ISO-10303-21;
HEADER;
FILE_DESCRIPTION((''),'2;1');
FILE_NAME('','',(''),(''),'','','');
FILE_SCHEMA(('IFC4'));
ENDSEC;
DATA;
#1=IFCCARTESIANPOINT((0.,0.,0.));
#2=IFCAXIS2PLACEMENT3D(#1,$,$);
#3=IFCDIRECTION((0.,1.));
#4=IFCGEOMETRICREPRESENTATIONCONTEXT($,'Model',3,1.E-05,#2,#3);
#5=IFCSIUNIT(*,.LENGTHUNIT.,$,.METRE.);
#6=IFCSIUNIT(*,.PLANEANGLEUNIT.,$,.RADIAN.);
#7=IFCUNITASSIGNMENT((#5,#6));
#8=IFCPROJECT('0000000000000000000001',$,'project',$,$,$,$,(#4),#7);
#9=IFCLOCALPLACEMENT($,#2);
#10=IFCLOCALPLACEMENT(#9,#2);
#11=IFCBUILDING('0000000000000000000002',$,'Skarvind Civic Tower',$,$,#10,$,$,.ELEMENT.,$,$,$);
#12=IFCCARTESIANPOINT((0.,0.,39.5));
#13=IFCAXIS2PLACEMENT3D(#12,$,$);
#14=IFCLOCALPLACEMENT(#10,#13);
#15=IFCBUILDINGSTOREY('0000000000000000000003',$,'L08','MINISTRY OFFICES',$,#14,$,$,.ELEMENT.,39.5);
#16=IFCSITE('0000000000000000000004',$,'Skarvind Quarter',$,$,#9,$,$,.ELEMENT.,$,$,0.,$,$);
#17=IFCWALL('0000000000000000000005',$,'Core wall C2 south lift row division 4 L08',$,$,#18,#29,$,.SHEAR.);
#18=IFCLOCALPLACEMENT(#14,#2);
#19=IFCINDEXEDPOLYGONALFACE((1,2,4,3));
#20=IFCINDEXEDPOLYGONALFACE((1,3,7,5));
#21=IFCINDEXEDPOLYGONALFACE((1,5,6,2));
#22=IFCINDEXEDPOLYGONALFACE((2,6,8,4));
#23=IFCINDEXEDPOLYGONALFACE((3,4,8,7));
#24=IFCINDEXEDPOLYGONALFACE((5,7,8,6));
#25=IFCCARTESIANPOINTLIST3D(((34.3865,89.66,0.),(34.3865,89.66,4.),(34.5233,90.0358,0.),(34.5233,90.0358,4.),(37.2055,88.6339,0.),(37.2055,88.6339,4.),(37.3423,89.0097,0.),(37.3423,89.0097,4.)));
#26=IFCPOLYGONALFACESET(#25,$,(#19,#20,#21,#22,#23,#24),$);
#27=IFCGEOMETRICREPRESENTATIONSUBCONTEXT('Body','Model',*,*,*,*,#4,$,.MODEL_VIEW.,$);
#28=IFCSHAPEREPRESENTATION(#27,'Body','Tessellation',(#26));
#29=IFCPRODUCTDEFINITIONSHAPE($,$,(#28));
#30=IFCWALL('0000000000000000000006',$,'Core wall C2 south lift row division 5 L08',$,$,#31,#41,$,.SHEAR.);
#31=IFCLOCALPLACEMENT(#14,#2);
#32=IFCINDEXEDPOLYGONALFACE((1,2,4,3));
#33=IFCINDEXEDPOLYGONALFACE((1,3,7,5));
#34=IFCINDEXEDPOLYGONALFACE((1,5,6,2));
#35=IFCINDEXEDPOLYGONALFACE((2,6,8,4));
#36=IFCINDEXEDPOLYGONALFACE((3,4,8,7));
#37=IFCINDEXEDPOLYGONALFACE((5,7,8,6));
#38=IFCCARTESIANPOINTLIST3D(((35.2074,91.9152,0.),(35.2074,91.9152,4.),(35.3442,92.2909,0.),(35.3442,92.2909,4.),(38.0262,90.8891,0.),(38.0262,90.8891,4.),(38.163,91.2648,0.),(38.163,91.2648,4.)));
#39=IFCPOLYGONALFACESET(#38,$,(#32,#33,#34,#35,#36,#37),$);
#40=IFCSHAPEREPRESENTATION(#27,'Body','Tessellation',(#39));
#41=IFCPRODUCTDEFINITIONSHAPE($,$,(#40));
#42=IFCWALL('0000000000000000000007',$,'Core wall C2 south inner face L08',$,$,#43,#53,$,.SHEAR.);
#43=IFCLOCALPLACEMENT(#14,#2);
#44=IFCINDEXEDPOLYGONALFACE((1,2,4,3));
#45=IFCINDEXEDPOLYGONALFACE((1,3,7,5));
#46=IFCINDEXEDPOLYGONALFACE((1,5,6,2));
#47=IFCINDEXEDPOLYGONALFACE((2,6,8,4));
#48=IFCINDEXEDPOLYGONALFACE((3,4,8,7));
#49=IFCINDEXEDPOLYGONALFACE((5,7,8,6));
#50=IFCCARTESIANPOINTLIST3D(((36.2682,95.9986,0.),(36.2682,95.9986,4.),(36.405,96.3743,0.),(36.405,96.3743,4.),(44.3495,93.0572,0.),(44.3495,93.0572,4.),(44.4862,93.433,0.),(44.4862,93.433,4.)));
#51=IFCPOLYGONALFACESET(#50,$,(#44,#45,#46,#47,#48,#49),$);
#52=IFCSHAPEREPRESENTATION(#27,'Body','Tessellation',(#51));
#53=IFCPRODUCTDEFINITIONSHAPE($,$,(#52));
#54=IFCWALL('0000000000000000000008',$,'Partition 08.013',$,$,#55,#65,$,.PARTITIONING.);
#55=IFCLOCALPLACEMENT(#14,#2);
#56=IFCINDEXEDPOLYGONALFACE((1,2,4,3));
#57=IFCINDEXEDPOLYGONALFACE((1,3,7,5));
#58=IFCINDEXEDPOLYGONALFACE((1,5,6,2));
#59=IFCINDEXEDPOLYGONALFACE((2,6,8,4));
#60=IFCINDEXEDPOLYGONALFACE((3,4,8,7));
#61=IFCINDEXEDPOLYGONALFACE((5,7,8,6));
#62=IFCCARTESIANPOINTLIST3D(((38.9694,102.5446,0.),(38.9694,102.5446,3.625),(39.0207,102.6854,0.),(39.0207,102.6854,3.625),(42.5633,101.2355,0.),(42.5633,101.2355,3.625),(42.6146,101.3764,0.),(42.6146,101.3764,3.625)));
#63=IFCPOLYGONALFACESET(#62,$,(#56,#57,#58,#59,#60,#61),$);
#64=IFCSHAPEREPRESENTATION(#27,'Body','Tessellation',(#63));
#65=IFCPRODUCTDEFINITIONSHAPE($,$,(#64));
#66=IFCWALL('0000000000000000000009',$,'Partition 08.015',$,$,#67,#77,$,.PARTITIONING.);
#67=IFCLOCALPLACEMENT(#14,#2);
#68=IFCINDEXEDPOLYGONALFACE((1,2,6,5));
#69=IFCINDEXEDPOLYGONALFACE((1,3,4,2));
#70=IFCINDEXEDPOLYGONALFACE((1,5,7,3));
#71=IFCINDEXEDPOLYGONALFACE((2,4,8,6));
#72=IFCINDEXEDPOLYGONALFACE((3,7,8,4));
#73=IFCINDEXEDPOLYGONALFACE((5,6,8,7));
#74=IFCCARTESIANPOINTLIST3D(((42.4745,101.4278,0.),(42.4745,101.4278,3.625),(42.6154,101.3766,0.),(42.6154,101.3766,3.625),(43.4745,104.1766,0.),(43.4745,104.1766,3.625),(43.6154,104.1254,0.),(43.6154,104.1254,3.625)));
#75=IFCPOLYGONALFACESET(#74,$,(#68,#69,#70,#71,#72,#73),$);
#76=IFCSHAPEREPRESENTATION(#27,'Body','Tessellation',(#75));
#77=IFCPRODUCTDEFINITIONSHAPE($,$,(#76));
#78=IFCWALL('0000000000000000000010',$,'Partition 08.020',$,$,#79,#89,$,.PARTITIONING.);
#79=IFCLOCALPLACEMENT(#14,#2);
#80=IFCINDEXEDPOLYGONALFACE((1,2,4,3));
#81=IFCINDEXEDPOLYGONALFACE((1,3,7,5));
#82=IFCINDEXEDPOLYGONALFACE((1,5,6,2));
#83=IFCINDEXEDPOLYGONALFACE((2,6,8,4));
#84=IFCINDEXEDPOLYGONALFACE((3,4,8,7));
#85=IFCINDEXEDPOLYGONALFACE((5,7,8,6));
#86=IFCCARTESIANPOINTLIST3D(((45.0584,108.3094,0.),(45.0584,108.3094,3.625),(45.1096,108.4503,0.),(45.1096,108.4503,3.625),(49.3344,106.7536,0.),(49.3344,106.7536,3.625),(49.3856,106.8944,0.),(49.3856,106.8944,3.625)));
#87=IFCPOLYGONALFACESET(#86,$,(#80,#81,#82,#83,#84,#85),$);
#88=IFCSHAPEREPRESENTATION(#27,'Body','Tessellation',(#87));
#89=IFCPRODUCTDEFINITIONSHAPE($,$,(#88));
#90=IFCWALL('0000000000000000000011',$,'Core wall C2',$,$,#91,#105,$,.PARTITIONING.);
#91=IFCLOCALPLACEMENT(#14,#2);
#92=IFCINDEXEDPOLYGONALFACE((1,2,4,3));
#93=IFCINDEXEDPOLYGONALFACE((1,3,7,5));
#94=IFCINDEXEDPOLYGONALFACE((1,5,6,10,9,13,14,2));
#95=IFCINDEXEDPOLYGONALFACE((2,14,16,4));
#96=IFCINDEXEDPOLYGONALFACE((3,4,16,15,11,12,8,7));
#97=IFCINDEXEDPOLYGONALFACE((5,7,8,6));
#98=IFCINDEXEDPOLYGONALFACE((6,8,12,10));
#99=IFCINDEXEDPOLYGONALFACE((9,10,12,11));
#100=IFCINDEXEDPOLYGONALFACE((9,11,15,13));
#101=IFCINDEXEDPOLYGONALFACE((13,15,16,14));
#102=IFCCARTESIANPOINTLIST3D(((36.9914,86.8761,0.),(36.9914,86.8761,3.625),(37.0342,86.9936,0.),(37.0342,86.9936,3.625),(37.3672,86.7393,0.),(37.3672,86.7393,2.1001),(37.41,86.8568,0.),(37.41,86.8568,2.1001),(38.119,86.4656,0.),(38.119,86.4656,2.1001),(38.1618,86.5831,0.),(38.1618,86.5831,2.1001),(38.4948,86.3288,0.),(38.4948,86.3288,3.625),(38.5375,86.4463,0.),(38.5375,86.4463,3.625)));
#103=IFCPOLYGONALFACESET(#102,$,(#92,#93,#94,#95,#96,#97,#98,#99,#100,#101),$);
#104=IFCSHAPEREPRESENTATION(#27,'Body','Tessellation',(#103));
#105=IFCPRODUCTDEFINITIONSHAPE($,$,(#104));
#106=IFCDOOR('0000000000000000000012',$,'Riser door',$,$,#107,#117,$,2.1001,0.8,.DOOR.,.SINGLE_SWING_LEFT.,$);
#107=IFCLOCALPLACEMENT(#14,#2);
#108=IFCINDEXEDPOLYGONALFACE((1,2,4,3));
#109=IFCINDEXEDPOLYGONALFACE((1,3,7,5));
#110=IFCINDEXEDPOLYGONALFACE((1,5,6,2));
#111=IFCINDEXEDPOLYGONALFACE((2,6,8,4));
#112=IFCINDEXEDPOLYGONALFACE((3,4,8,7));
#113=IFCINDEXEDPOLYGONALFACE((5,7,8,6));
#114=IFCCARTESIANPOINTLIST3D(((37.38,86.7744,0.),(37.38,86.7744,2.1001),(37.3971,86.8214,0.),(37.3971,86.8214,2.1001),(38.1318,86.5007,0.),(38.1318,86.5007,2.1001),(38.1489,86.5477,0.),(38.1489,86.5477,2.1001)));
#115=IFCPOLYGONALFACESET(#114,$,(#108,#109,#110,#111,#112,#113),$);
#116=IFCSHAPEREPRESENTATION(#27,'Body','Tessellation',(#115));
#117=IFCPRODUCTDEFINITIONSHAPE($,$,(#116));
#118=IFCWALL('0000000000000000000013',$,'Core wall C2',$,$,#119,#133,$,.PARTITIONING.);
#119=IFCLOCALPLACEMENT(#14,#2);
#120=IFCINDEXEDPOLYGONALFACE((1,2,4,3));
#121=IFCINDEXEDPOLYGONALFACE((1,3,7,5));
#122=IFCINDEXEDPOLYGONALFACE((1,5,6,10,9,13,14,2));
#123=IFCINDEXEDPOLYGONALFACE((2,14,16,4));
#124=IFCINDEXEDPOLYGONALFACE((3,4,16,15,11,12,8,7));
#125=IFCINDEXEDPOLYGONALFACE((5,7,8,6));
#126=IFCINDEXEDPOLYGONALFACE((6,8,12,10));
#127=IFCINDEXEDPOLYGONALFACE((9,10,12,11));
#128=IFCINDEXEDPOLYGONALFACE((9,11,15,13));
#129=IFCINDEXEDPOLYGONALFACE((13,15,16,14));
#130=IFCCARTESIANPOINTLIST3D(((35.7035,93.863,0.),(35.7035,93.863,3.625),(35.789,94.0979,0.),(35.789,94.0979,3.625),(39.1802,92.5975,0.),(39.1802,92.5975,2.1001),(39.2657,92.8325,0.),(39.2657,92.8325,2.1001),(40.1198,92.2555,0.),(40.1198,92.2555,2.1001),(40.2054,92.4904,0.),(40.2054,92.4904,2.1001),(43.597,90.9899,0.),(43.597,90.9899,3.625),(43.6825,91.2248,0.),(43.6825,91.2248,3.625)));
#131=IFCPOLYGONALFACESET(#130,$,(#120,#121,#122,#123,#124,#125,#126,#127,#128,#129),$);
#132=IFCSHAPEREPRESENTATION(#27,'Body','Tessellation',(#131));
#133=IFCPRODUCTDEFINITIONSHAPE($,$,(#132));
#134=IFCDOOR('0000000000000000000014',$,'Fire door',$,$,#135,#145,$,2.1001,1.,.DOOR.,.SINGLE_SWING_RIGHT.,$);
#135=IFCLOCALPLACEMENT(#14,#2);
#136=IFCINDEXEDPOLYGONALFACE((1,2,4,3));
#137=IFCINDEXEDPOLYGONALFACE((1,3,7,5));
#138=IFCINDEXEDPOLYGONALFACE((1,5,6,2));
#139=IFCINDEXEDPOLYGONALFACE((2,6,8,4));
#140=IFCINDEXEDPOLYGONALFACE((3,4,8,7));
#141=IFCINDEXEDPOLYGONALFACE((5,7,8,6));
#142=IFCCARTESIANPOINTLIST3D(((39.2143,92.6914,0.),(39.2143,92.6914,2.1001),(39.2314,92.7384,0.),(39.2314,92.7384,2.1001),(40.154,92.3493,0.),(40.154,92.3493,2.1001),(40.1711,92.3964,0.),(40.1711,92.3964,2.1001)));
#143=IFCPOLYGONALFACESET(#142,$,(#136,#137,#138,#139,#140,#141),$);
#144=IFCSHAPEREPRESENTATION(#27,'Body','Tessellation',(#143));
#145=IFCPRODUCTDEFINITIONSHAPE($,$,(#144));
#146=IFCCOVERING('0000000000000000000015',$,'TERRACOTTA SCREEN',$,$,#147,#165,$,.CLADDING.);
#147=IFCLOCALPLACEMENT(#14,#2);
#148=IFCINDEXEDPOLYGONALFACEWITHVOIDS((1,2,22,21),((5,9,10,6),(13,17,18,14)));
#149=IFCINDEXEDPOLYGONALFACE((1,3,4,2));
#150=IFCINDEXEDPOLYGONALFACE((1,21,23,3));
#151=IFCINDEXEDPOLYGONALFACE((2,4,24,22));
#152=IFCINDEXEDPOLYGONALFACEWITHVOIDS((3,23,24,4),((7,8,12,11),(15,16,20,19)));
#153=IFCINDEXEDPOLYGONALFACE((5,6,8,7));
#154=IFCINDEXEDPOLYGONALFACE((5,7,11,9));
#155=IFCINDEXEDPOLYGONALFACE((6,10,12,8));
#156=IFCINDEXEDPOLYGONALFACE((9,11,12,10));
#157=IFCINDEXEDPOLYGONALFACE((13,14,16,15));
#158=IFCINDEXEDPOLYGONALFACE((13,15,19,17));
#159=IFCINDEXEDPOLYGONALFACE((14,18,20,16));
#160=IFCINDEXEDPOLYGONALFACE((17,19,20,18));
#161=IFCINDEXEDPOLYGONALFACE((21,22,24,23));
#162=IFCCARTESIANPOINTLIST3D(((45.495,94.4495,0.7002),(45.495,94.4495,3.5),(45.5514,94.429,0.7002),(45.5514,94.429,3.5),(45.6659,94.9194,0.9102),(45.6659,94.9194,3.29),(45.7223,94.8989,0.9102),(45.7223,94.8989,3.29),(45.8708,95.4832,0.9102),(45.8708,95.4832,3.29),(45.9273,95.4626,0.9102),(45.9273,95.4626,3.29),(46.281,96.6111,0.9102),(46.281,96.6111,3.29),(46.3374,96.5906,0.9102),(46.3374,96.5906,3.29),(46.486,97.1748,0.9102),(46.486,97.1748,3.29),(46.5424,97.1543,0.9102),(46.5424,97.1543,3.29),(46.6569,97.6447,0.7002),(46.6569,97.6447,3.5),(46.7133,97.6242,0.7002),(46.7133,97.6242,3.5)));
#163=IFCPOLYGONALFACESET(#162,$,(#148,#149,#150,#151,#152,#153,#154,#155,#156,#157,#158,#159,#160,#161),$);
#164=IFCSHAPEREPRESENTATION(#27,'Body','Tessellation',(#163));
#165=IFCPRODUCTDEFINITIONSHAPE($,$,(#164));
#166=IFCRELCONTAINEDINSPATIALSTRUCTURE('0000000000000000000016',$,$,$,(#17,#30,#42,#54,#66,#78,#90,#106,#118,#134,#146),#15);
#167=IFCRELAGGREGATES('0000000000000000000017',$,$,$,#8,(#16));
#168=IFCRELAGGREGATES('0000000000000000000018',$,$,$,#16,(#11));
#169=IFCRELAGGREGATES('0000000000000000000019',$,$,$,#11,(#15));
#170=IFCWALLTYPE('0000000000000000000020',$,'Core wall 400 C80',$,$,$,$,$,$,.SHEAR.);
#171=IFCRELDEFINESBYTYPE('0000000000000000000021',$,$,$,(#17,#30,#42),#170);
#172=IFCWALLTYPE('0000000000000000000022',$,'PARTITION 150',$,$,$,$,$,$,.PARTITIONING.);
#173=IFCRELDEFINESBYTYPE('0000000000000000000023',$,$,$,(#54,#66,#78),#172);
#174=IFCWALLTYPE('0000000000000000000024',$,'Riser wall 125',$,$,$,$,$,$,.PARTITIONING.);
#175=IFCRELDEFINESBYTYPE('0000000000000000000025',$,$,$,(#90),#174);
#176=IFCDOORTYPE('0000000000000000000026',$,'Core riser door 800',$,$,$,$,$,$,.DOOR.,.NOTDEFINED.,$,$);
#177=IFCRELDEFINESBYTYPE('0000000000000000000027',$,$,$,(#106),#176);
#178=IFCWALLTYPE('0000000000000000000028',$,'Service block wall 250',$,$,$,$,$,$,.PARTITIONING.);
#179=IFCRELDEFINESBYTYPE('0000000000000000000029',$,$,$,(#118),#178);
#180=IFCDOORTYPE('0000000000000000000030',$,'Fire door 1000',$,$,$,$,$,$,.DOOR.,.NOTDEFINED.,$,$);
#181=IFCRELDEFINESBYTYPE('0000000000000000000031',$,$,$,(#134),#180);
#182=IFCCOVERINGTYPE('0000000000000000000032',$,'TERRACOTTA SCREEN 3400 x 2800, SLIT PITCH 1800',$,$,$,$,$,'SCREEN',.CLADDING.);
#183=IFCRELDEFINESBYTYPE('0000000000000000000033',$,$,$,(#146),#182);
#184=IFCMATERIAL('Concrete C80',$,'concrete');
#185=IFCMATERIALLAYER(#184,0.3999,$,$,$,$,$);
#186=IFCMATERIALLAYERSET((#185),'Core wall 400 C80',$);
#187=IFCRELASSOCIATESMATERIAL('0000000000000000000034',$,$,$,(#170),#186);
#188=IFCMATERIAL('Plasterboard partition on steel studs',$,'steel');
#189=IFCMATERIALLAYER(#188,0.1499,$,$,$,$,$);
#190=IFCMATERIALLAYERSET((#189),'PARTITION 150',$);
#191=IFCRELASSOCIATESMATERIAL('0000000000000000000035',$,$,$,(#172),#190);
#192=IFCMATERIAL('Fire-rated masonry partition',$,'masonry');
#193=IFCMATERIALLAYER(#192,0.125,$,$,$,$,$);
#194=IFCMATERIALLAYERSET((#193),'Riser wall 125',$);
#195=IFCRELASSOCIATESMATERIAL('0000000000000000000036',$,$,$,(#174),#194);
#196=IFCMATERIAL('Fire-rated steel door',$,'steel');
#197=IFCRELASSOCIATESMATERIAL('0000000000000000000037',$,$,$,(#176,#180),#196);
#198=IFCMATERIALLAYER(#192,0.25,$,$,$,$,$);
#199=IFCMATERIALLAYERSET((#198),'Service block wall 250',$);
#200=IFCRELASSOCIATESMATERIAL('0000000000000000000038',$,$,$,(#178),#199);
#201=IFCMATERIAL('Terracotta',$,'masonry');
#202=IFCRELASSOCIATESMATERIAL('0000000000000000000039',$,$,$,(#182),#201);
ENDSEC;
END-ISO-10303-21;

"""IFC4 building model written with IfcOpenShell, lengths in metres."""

from ifc_helpers import new_model, si_unit, direction, frame, frame_2d, origin, place, context, subcontext, project, spatial, polyline, rectangle, outline, extrude, material, layer, layer_set, material_profile, profile_set, type_object, element, fill, save


model = new_model("IFC4")

# Units and contexts
model_context = context("Model", 3, precision=1e-05, world=origin(), true_north=direction((0.0, 1.0)))
body_context = subcontext(model_context, "Body", "Model", "MODEL_VIEW")
ifc_project = project(units=[si_unit("LENGTHUNIT", "METRE"), si_unit("PLANEANGLEUNIT", "RADIAN")], contexts=[model_context])

# Site, building, storey
site_placement = place(None, origin())
site = spatial("IfcSite", under=ifc_project, at=site_placement, Name="Skarvind Quarter", CompositionType="ELEMENT", RefElevation=0.0)
building_placement = place(site_placement, origin())
building = spatial("IfcBuilding", under=site, at=building_placement, Name="Skarvind Civic Tower", CompositionType="ELEMENT")
storey_placement = place(building_placement, frame((0.0, 0.0, 39.5)))
storey = spatial("IfcBuildingStorey", under=building, at=storey_placement, Name="L08", Description="MINISTRY OFFICES", CompositionType="ELEMENT", Elevation=39.5)

# Shared definitions
ifc_material_1 = material(Name="Concrete C80", Category="concrete")

# Shared definitions
ifc_material_2 = material(Name="Fire-rated masonry partition", Category="masonry")
ifc_material_3 = material(Name="Fire-rated steel door", Category="steel")

# Walls
ifc_layer_1 = layer(ifc_material_1, 0.3999)
ifc_layer_set_1 = layer_set([ifc_layer_1], Name="Core wall 400 C80")
wall_type_1 = type_object("IfcWallType", Name="Core wall 400 C80", PredefinedType="SHEAR", material=ifc_layer_set_1)
wall_1_placement = place(storey_placement, frame((37.2739, 88.8218, 0.0), z_axis=(0.0, 0.0, 1.0), x_axis=(-0.939686, 0.342037, 0.0)))
element("IfcWall", 1, at=wall_1_placement, inside=storey, type_object=wall_type_1, Name="Core wall C2 south lift row division 4 L08", PredefinedType="SHEAR", context=body_context, shape_type="SweptSolid", body=[
    extrude(rectangle(XDim=3.0, YDim=0.3999, at=frame_2d((1.5, 0.0))), origin(), (0.0, 0.0, 1.0), 4.0),
])
wall_2_placement = place(storey_placement, frame((38.0947, 91.0769, 0.0), z_axis=(0.0, 0.0, 1.0), x_axis=(-0.939677, 0.342063, 0.0)))
element("IfcWall", 2, at=wall_2_placement, inside=storey, type_object=wall_type_1, Name="Core wall C2 south lift row division 5 L08", PredefinedType="SHEAR", context=body_context, shape_type="SweptSolid", body=[
    extrude(rectangle(XDim=2.9998, YDim=0.3999, at=frame_2d((1.5, 0.0))), origin(), (0.0, 0.0, 1.0), 4.0),
])
wall_3_placement = place(storey_placement, frame((44.4177, 93.2451, 0.0), z_axis=(0.0, 0.0, 1.0), x_axis=(-0.939691, 0.342026, 0.0)))
element("IfcWall", 3, at=wall_3_placement, inside=storey, type_object=wall_type_1, Name="Core wall C2 south inner face L08", PredefinedType="SHEAR", context=body_context, shape_type="SweptSolid", body=[
    extrude(rectangle(XDim=8.5999, YDim=0.3999, at=frame_2d((4.2998, 0.0))), origin(), (0.0, 0.0, 1.0), 4.0),
])
ifc_material_4 = material(Name="Plasterboard partition on steel studs", Category="steel")
ifc_layer_2 = layer(ifc_material_4, 0.1499)
ifc_layer_set_2 = layer_set([ifc_layer_2], Name="PARTITION 150")
wall_type_2 = type_object("IfcWallType", Name="PARTITION 150", PredefinedType="PARTITIONING", material=ifc_layer_set_2)
wall_4_placement = place(storey_placement, frame((42.5891, 101.3059, 0.0), z_axis=(0.0, 0.0, 1.0), x_axis=(-0.939611, 0.342245, 0.0)))
element("IfcWall", 4, at=wall_4_placement, inside=storey, type_object=wall_type_2, Name="Partition 08.013", PredefinedType="PARTITIONING", context=body_context, shape_type="SweptSolid", body=[
    extrude(rectangle(XDim=3.825, YDim=0.1499, at=frame_2d((1.9126, 0.0))), origin(), (0.0, 0.0, 1.0), 3.625),
])
wall_5_placement = place(storey_placement, frame((43.5449, 104.1509, 0.0), z_axis=(0.0, 0.0, 1.0), x_axis=(-0.341877, -0.939745, 0.0)))
element("IfcWall", 5, at=wall_5_placement, inside=storey, type_object=wall_type_2, Name="Partition 08.015", PredefinedType="PARTITIONING", context=body_context, shape_type="SweptSolid", body=[
    extrude(rectangle(XDim=2.925, YDim=0.1499, at=frame_2d((1.4624, 0.0))), origin(), (0.0, 0.0, 1.0), 3.625),
])
wall_6_placement = place(storey_placement, frame((45.084, 108.3799, 0.0), z_axis=(0.0, 0.0, 1.0), x_axis=(0.939726, -0.341928, 0.0)))
element("IfcWall", 6, at=wall_6_placement, inside=storey, type_object=wall_type_2, Name="Partition 08.020", PredefinedType="PARTITIONING", context=body_context, shape_type="SweptSolid", body=[
    extrude(rectangle(XDim=4.5503, YDim=0.1499, at=frame_2d((2.2751, 0.0))), origin(), (0.0, 0.0, 1.0), 3.625),
])

# Walls, openings, doors
ifc_layer_3 = layer(ifc_material_2, 0.125)
ifc_layer_set_3 = layer_set([ifc_layer_3], Name="Riser wall 125")
wall_type_3 = type_object("IfcWallType", Name="Riser wall 125", PredefinedType="PARTITIONING", material=ifc_layer_set_3)
wall_7_placement = place(storey_placement, frame((37.0129, 86.9348, 0.0), z_axis=(0.0, 0.0, 1.0), x_axis=(0.93966, -0.342111, 0.0)))
wall_7 = element("IfcWall", 7, at=wall_7_placement, inside=storey, type_object=wall_type_3, Name="Core wall C2", PredefinedType="PARTITIONING", context=body_context, shape_type="SweptSolid", body=[
    extrude(rectangle(XDim=1.5999, YDim=0.125, at=frame_2d((0.7998, 0.0))), origin(), (0.0, 0.0, 1.0), 3.625),
])
opening_1_placement = place(wall_7_placement, frame((0.3999, 0.0, 0.0)))
opening_1 = element("IfcOpeningElement", 8, at=opening_1_placement, cuts=wall_7, PredefinedType="OPENING", context=body_context, shape_type="SweptSolid", body=[
    extrude(rectangle(XDim=0.8, YDim=2.1001, at=frame_2d((0.3999, 1.05))), frame((0.0, 0.0725, 0.0), z_axis=(0.0, -1.0, 0.0), x_axis=(1.0, 0.0, 0.0)), (0.0, 0.0, 1.0), 0.145),
])
door_type_1 = type_object("IfcDoorType", Name="Core riser door 800", OperationType="NOTDEFINED", PredefinedType="DOOR", material=ifc_material_3)
door_1_placement = place(opening_1_placement, origin())
door_1 = element("IfcDoor", 9, at=door_1_placement, inside=storey, type_object=door_type_1, Name="Riser door", OperationType="SINGLE_SWING_LEFT", OverallHeight=2.1001, OverallWidth=0.8, PredefinedType="DOOR", context=body_context, shape_type="SweptSolid", body=[
    extrude(rectangle(XDim=0.8, YDim=2.1001, at=frame_2d((0.3999, 1.05))), frame((0.0, 0.0249, 0.0), z_axis=(0.0, -1.0, 0.0), x_axis=(1.0, 0.0, 0.0)), (0.0, 0.0, 1.0), 0.05),
])
fill(opening_1, door_1)
ifc_layer_4 = layer(ifc_material_2, 0.25)
ifc_layer_set_4 = layer_set([ifc_layer_4], Name="Service block wall 250")
wall_type_4 = type_object("IfcWallType", Name="Service block wall 250", PredefinedType="PARTITIONING", material=ifc_layer_set_4)
wall_8_placement = place(storey_placement, frame((35.7461, 93.9805, 0.0), z_axis=(0.0, 0.0, 1.0), x_axis=(0.939692, -0.342023, 0.0)))
wall_8 = element("IfcWall", 10, at=wall_8_placement, inside=storey, type_object=wall_type_4, Name="Core wall C2", PredefinedType="PARTITIONING", context=body_context, shape_type="SweptSolid", body=[
    extrude(rectangle(XDim=8.4001, YDim=0.25, at=frame_2d((4.2002, 0.0))), origin(), (0.0, 0.0, 1.0), 3.625),
])
opening_2_placement = place(wall_8_placement, frame((3.7, 0.0, 0.0)))
opening_2 = element("IfcOpeningElement", 11, at=opening_2_placement, cuts=wall_8, PredefinedType="OPENING", context=body_context, shape_type="SweptSolid", body=[
    extrude(rectangle(XDim=1.0, YDim=2.1001, at=frame_2d((0.5, 1.05))), frame((0.0, 0.135, 0.0), z_axis=(0.0, -1.0, 0.0), x_axis=(1.0, 0.0, 0.0)), (0.0, 0.0, 1.0), 0.27),
])
door_type_2 = type_object("IfcDoorType", Name="Fire door 1000", OperationType="NOTDEFINED", PredefinedType="DOOR", material=ifc_material_3)
door_2_placement = place(opening_2_placement, origin())
door_2 = element("IfcDoor", 12, at=door_2_placement, inside=storey, type_object=door_type_2, Name="Fire door", OperationType="SINGLE_SWING_RIGHT", OverallHeight=2.1001, OverallWidth=1.0, PredefinedType="DOOR", context=body_context, shape_type="SweptSolid", body=[
    extrude(rectangle(XDim=1.0, YDim=2.1001, at=frame_2d((0.5, 1.05))), frame((0.0, 0.0249, 0.0), z_axis=(0.0, -1.0, 0.0), x_axis=(1.0, 0.0, 0.0)), (0.0, 0.0, 1.0), 0.05),
])
fill(opening_2, door_2)

# Covering
ifc_material_5 = material(Name="Terracotta", Category="masonry")
ifc_material_profile_1 = material_profile(ifc_material_5, outline(polyline([(-1.7, -1.3999), (1.7, -1.3999), (1.7, 1.3999), (-1.7, 1.3999), (-1.7, -1.3999)]), holes=[polyline([(-1.2, -1.1899), (-0.6001, -1.1899), (-0.6001, 1.1899), (-1.2, 1.1899), (-1.2, -1.1899)]), polyline([(0.6001, -1.1899), (1.2, -1.1899), (1.2, 1.1899), (0.6001, 1.1899), (0.6001, -1.1899)])]), Name="TERRACOTTA SCREEN 3400 x 2800, SLIT PITCH 1800")
ifc_profile_set_1 = profile_set([ifc_material_profile_1], Name="Terracotta")
covering_type = type_object("IfcCoveringType", Name="TERRACOTTA SCREEN 3400 x 2800, SLIT PITCH 1800", ElementType="SCREEN", PredefinedType="CLADDING", material=ifc_profile_set_1)
covering_placement = place(storey_placement, frame((46.0759, 96.0471, 2.1001), z_axis=(0.939793, -0.341743, 0.0), x_axis=(0.341743, 0.939793, 0.0)))
element("IfcCovering", 13, at=covering_placement, inside=storey, type_object=covering_type, Name="TERRACOTTA SCREEN", PredefinedType="CLADDING", context=body_context, shape_type="SweptSolid", body=[
    extrude(outline(polyline([(-1.7, -1.3999), (1.7, -1.3999), (1.7, 1.3999), (-1.7, 1.3999), (-1.7, -1.3999)]), holes=[polyline([(-1.2, -1.1899), (-0.6001, -1.1899), (-0.6001, 1.1899), (-1.2, 1.1899), (-1.2, -1.1899)]), polyline([(0.6001, -1.1899), (1.2, -1.1899), (1.2, 1.1899), (0.6001, 1.1899), (0.6001, -1.1899)])]), origin(), (0.0, 0.0, 1.0), 0.0601),
])

save(model, "model.ifc")
